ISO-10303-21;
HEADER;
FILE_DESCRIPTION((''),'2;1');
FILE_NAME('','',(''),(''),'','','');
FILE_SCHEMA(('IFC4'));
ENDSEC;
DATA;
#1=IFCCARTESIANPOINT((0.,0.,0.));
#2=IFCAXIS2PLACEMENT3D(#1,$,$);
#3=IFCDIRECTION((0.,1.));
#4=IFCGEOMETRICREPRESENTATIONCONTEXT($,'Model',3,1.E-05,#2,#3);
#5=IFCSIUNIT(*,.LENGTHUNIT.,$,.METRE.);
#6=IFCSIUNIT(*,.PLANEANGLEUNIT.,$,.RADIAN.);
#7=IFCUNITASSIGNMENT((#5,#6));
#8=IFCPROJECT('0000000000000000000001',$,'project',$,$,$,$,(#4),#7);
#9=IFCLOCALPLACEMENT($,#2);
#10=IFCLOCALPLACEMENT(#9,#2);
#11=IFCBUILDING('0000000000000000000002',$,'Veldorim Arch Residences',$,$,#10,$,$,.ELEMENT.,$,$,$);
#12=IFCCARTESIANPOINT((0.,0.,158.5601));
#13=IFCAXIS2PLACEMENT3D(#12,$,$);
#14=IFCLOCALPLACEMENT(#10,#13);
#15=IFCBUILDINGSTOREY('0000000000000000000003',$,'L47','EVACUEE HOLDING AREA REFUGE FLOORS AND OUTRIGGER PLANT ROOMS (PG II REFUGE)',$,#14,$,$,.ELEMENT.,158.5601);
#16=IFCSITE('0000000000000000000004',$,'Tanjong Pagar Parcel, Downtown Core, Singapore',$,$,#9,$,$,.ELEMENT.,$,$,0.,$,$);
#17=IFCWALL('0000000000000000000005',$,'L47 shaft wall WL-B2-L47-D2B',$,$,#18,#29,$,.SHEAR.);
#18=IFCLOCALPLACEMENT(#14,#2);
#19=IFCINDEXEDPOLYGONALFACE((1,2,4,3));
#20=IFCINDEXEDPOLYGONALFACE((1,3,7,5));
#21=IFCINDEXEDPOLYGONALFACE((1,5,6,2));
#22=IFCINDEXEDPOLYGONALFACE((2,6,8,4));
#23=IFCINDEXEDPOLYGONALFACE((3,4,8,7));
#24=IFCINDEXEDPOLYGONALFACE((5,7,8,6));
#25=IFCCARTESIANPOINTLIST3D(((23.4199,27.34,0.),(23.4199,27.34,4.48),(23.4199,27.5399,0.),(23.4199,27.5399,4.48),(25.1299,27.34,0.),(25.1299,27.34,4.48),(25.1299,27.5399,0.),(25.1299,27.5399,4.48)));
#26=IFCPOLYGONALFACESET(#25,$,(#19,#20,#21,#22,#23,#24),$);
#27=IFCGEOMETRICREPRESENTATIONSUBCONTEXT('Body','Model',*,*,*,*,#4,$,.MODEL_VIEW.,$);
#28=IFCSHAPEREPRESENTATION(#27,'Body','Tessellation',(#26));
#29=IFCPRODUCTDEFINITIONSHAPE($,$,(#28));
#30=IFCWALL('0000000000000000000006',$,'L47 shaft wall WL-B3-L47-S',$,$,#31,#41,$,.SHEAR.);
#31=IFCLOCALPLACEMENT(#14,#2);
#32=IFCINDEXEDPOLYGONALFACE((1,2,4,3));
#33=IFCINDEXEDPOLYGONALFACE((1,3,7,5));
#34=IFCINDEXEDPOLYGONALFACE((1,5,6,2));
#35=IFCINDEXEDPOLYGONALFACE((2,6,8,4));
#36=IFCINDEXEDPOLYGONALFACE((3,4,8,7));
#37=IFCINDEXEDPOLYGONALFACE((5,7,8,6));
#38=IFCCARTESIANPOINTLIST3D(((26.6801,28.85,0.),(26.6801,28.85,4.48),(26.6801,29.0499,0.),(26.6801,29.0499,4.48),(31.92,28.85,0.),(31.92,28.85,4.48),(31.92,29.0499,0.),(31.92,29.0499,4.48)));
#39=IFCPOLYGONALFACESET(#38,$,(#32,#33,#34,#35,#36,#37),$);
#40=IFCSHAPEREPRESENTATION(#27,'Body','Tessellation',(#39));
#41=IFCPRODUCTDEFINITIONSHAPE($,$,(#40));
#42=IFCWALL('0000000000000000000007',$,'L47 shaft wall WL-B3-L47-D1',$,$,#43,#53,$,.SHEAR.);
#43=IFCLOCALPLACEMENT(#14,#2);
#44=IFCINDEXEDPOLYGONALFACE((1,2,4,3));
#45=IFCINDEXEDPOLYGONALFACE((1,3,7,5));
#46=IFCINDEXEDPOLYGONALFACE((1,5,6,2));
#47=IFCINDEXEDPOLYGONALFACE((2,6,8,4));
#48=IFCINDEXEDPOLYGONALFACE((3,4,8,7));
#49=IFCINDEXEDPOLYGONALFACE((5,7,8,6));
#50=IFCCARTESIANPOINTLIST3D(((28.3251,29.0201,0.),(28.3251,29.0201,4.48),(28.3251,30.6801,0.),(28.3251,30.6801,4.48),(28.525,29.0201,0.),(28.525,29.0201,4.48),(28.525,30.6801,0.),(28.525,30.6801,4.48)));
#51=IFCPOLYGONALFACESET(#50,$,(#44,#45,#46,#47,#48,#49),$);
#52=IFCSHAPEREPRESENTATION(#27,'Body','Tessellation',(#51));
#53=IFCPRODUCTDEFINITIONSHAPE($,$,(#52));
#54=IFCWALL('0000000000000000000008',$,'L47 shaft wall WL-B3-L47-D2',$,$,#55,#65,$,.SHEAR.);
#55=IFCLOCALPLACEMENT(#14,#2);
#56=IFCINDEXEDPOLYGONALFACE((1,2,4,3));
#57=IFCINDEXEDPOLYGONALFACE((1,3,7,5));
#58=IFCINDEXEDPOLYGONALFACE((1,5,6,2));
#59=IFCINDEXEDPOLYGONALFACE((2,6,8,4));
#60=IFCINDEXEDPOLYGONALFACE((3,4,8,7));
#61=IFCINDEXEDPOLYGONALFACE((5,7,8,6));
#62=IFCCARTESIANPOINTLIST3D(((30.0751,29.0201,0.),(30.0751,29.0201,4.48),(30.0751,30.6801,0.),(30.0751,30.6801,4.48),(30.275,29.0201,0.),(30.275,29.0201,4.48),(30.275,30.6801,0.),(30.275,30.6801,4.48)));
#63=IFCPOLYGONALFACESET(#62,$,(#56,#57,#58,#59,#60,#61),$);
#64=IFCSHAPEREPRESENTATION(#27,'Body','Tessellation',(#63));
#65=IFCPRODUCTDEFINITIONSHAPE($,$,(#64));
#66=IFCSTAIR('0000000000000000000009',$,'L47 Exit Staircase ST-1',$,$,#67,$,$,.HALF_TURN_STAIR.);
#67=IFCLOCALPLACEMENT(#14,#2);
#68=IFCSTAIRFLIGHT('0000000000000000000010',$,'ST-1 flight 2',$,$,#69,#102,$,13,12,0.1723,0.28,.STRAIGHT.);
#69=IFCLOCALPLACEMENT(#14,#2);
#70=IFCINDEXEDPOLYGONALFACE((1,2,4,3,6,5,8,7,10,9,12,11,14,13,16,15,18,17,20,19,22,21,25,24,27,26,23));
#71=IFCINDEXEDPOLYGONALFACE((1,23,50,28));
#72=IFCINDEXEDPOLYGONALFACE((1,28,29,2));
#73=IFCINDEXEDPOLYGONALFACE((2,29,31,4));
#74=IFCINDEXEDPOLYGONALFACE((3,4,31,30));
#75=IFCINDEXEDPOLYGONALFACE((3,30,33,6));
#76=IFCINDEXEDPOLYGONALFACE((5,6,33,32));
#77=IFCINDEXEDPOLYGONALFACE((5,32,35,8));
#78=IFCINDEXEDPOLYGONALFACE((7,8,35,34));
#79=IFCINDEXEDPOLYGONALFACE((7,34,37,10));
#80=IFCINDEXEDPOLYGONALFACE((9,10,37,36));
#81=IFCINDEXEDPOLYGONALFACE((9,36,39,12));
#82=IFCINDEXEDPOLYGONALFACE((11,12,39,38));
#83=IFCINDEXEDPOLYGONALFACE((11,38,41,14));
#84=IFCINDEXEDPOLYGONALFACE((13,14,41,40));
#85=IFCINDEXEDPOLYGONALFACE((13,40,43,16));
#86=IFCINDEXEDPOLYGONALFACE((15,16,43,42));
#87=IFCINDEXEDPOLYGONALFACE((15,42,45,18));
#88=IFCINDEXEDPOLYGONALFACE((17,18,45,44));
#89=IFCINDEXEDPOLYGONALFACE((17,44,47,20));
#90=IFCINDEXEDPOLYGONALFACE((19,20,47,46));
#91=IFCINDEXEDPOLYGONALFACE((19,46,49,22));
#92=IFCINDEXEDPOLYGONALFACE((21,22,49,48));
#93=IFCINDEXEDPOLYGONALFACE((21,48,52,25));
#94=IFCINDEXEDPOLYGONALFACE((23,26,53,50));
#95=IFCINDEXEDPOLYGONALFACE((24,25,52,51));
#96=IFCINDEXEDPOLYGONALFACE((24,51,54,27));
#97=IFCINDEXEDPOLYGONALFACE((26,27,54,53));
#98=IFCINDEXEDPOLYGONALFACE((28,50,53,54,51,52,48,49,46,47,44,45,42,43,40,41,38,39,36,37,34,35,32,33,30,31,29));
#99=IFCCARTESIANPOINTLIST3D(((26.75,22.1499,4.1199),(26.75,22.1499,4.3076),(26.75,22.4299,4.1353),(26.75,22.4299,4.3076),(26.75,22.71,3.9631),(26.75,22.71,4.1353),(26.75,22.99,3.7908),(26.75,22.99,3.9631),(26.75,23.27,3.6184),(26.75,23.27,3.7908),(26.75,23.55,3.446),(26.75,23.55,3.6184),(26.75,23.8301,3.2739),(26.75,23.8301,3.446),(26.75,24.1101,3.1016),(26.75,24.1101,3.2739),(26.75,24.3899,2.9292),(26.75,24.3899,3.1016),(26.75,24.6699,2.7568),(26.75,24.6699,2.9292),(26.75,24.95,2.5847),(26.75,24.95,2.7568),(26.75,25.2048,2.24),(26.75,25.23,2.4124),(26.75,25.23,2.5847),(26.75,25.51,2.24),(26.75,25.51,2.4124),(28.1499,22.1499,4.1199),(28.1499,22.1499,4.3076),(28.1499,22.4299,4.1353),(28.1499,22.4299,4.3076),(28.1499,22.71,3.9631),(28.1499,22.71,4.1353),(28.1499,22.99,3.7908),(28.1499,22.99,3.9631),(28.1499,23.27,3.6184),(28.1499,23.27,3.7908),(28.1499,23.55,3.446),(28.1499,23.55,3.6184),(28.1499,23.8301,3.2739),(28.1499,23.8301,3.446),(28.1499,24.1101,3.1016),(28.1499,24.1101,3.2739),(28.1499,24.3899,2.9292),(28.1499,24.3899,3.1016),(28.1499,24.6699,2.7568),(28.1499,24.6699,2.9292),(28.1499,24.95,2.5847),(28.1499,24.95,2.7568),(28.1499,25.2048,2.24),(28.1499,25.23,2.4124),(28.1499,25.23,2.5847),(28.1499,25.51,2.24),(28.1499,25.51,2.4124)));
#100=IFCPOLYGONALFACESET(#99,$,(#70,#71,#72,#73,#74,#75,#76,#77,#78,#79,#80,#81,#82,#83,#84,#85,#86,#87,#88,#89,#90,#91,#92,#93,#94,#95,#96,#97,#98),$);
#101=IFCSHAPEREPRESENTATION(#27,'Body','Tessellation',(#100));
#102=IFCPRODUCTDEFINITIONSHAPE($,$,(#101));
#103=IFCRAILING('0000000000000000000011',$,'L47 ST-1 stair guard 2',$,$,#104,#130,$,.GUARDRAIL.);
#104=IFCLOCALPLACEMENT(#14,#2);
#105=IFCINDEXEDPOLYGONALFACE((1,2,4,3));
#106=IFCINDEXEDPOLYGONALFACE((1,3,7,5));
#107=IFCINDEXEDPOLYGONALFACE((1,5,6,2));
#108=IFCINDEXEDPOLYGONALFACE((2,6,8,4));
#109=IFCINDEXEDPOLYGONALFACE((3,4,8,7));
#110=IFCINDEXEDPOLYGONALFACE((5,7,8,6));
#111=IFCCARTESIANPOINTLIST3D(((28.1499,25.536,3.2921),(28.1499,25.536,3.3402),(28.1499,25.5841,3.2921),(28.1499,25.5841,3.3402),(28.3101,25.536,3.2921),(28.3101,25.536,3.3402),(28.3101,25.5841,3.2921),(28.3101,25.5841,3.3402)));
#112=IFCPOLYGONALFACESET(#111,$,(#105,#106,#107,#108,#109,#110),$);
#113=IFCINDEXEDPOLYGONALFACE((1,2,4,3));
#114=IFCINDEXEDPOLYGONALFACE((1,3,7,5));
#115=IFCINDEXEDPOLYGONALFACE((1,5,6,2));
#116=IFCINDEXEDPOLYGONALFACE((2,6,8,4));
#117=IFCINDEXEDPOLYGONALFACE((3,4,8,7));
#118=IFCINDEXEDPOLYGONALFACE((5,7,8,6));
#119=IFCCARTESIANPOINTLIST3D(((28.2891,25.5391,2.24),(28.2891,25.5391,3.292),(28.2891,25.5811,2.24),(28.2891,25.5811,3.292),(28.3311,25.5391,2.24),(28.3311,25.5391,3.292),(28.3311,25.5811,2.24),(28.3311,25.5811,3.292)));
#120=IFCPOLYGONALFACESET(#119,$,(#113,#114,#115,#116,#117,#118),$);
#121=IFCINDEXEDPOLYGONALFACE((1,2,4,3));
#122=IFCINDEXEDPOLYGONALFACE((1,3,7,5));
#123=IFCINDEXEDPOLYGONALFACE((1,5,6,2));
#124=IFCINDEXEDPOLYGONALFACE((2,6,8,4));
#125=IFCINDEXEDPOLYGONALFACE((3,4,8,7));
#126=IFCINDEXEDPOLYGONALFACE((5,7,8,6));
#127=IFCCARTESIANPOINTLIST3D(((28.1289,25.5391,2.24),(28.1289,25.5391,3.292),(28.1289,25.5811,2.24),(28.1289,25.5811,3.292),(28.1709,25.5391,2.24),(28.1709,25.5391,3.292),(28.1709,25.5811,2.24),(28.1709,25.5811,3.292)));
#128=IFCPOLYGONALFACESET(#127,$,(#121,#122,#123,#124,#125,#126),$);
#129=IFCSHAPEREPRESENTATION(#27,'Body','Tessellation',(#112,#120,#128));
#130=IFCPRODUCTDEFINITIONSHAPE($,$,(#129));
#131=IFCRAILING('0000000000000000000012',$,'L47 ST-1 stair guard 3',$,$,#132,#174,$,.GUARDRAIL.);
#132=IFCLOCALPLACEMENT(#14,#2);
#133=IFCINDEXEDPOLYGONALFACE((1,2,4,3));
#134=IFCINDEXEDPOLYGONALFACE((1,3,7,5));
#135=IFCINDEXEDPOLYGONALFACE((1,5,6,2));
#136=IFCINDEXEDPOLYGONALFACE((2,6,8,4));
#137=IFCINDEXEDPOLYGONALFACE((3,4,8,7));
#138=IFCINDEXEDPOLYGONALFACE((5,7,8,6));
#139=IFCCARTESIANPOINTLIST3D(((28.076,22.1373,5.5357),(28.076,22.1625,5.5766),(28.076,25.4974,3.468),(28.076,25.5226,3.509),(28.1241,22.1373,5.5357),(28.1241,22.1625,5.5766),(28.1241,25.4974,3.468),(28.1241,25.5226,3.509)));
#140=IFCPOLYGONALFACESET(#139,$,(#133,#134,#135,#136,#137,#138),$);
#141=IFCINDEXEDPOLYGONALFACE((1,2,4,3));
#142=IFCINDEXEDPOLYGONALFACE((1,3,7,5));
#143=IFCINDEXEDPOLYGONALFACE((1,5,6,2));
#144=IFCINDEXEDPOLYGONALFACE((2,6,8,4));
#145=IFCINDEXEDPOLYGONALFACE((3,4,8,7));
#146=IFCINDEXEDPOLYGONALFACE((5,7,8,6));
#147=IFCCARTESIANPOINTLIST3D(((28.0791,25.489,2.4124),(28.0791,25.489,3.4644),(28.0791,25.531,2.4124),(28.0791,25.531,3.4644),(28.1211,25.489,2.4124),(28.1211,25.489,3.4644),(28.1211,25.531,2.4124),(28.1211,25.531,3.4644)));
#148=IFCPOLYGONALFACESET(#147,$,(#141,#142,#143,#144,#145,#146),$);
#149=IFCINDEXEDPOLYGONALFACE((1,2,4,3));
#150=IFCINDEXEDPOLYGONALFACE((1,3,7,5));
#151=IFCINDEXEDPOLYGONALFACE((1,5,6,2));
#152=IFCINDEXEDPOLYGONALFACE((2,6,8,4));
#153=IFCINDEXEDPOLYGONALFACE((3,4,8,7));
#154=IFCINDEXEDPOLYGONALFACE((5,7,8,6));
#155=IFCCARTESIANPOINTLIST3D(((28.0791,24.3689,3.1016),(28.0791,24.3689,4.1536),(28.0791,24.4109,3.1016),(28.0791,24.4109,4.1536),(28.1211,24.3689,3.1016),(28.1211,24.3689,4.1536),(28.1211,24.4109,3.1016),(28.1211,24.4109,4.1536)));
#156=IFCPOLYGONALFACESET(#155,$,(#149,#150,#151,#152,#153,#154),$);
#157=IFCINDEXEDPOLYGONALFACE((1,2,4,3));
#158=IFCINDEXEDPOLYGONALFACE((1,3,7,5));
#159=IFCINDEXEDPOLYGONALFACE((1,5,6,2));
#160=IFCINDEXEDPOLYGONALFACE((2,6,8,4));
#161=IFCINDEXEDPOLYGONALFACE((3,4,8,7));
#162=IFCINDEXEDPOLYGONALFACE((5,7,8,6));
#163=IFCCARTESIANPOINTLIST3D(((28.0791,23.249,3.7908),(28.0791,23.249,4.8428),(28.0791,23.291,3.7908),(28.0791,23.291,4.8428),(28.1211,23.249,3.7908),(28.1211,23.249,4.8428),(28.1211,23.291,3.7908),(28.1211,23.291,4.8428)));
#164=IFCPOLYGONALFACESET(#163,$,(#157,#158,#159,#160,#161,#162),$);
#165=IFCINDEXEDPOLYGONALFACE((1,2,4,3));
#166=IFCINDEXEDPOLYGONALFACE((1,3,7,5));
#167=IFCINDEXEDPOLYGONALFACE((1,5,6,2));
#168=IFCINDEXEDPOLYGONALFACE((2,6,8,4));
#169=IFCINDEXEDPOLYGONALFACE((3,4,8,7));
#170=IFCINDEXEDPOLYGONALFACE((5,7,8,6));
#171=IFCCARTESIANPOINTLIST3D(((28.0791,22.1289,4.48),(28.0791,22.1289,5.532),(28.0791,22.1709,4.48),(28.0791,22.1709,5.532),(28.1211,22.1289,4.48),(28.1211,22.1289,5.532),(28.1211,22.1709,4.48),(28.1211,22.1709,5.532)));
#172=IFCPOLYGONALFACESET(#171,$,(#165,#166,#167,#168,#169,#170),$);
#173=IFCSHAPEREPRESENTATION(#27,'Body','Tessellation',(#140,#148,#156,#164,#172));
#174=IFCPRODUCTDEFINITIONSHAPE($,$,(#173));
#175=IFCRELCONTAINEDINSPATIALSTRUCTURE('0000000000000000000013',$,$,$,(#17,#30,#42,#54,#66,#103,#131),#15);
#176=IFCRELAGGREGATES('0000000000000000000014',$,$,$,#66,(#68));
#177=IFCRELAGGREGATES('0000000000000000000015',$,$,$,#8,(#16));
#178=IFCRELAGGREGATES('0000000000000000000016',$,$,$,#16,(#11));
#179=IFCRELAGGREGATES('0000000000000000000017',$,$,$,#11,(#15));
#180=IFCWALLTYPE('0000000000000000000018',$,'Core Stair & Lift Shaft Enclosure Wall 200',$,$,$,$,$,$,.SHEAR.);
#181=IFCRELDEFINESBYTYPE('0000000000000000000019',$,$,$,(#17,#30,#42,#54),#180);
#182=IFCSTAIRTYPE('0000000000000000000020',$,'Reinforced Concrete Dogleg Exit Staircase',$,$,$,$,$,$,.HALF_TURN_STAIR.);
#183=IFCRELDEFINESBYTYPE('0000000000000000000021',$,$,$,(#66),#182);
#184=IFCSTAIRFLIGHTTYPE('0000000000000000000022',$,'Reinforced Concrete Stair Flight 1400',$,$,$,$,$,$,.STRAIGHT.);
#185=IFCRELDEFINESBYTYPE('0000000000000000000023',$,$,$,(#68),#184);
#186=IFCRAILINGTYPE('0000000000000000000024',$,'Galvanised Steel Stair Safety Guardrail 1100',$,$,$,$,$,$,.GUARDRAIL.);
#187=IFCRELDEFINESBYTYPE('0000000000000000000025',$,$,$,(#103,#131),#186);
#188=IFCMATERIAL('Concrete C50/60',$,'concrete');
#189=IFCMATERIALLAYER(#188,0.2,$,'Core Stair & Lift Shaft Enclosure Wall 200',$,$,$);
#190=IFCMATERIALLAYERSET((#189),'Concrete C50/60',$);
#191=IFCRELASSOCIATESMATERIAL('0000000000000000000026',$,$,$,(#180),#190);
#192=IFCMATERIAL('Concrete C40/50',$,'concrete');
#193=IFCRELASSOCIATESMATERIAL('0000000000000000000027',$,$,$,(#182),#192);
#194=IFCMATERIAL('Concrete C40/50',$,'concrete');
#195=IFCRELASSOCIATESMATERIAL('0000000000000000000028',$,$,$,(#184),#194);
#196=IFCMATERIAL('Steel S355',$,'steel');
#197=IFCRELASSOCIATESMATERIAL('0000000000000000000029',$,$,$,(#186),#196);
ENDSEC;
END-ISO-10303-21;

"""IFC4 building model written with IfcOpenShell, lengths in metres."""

from ifc_helpers import new_model, si_unit, direction, frame, frame_2d, origin, origin_2d, place, context, subcontext, project, spatial, polyline, rectangle, outline, extrude, material, layer, layer_set, type_object, element, aggregate, save


model = new_model("IFC4")

# Units and contexts
model_context = context("Model", 3, precision=1e-05, world=origin(), true_north=direction((0.0, 1.0)))
body_context = subcontext(model_context, "Body", "Model", "MODEL_VIEW")
ifc_project = project(units=[si_unit("LENGTHUNIT", "METRE"), si_unit("PLANEANGLEUNIT", "RADIAN")], contexts=[model_context])

# Site, building, storey
site_placement = place(None, origin())
site = spatial("IfcSite", under=ifc_project, at=site_placement, Name="Tanjong Pagar Parcel, Downtown Core, Singapore", CompositionType="ELEMENT", RefElevation=0.0)
building_placement = place(site_placement, origin())
building = spatial("IfcBuilding", under=site, at=building_placement, Name="Veldorim Arch Residences", CompositionType="ELEMENT")
storey_placement = place(building_placement, frame((0.0, 0.0, 158.5601)))
storey = spatial("IfcBuildingStorey", under=building, at=storey_placement, Name="L47", Description="EVACUEE HOLDING AREA REFUGE FLOORS AND OUTRIGGER PLANT ROOMS (PG II REFUGE)", CompositionType="ELEMENT", Elevation=158.5601)

# Walls
ifc_material_1 = material(Name="Concrete C50/60", Category="concrete")
ifc_layer_1 = layer(ifc_material_1, 0.2, Name="Core Stair & Lift Shaft Enclosure Wall 200")
ifc_layer_set_1 = layer_set([ifc_layer_1], Name="Concrete C50/60")
wall_type_1 = type_object("IfcWallType", Name="Core Stair & Lift Shaft Enclosure Wall 200", PredefinedType="SHEAR", material=ifc_layer_set_1)
for number, where, z_axis, x_axis, name in (
    (1, (23.4199, 27.4399, 0.0), (0.0, 0.0, 1.0), (1.0, 0.0, 0.0), "L47 shaft wall WL-B2-L47-D2B"),
):
    element("IfcWall", number, at=place(storey_placement, frame(where, z_axis=z_axis, x_axis=x_axis)), inside=storey, type_object=wall_type_1, Name=name, PredefinedType="SHEAR", context=body_context, shape_type="SweptSolid", body=[
        extrude(rectangle(XDim=1.71, YDim=0.2, at=frame_2d((0.855, 0.0))), origin(), (0.0, 0.0, 1.0), 4.48),
    ])
wall_1_placement = place(storey_placement, frame((26.6799, 28.95, 0.0), z_axis=(0.0, 0.0, 1.0), x_axis=(1.0, 0.0, 0.0)))
element("IfcWall", 2, at=wall_1_placement, inside=storey, type_object=wall_type_1, Name="L47 shaft wall WL-B3-L47-S", PredefinedType="SHEAR", context=body_context, shape_type="SweptSolid", body=[
    extrude(rectangle(XDim=5.24, YDim=0.2, at=frame_2d((2.6201, 0.0))), origin(), (0.0, 0.0, 1.0), 4.48),
])
for number, where, z_axis, x_axis, name in (
    (3, (28.425, 29.02, 0.0), (0.0, 0.0, 1.0), (0.0, 1.0, 0.0), "L47 shaft wall WL-B3-L47-D1"),
    (4, (30.175, 29.02, 0.0), (0.0, 0.0, 1.0), (0.0, 1.0, 0.0), "L47 shaft wall WL-B3-L47-D2"),
):
    element("IfcWall", number, at=place(storey_placement, frame(where, z_axis=z_axis, x_axis=x_axis)), inside=storey, type_object=wall_type_1, Name=name, PredefinedType="SHEAR", context=body_context, shape_type="SweptSolid", body=[
        extrude(rectangle(XDim=1.6599, YDim=0.2, at=frame_2d((0.8301, 0.0))), origin(), (0.0, 0.0, 1.0), 4.48),
    ])

# Stair, stair flight
ifc_material_2 = material(Name="Concrete C40/50", Category="concrete")
stair_type = type_object("IfcStairType", Name="Reinforced Concrete Dogleg Exit Staircase", PredefinedType="HALF_TURN_STAIR", material=ifc_material_2)
stair_placement = place(storey_placement, origin())
stair = element("IfcStair", 5, at=stair_placement, inside=storey, type_object=stair_type, Name="L47 Exit Staircase ST-1", PredefinedType="HALF_TURN_STAIR")
ifc_material_3 = material(Name="Concrete C40/50", Category="concrete")
stair_flight_type = type_object("IfcStairFlightType", Name="Reinforced Concrete Stair Flight 1400", PredefinedType="STRAIGHT", material=ifc_material_3)
stair_flight_placement = place(storey_placement, frame((27.45, 25.51, 2.24), z_axis=(0.0, 0.0, 1.0), x_axis=(0.0, -1.0, 0.0)))
stair_flight = element("IfcStairFlight", 6, at=stair_flight_placement, type_object=stair_flight_type, Name="ST-1 flight 2", NumberOfRisers=13, NumberOfTreads=12, PredefinedType="STRAIGHT", RiserHeight=0.1723, TreadLength=0.28, context=body_context, shape_type="SweptSolid", body=[
    extrude(outline(polyline([(0.0, 0.0), (0.0, 0.1724), (0.28, 0.1724), (0.28, 0.3447), (0.5601, 0.3447), (0.5601, 0.5168), (0.8401, 0.5168), (0.8401, 0.6892), (1.1201, 0.6892), (1.1201, 0.8616), (1.3999, 0.8616), (1.3999, 1.0339), (1.6799, 1.0339), (1.6799, 1.2061), (1.96, 1.2061), (1.96, 1.3784), (2.24, 1.3784), (2.24, 1.5508), (2.52, 1.5508), (2.52, 1.7231), (2.8, 1.7231), (2.8, 1.8953), (3.0801, 1.8953), (3.0801, 2.0676), (3.3601, 2.0676), (3.3601, 2.24), (3.3601, 1.8799), (0.3052, 0.0), (0.0, 0.0)])), frame((0.0, 0.7, 0.0), z_axis=(0.0, -1.0, 0.0), x_axis=(1.0, 0.0, 0.0)), (0.0, 0.0, 1.0), 1.3999),
])
aggregate(stair, [stair_flight])

# Railings
ifc_material_4 = material(Name="Steel S355", Category="steel")
railing_type_1 = type_object("IfcRailingType", Name="Galvanised Steel Stair Safety Guardrail 1100", PredefinedType="GUARDRAIL", material=ifc_material_4)
railing_1_placement = place(storey_placement, frame((28.3101, 25.5601, 2.24)))
element("IfcRailing", 7, at=railing_1_placement, inside=storey, type_object=railing_type_1, Name="L47 ST-1 stair guard 2", PredefinedType="GUARDRAIL", context=body_context, shape_type="SweptSolid", body=[
    extrude(rectangle(XDim=0.0481, YDim=0.0481, at=origin_2d()), frame((0.0, 0.0, 1.0762), z_axis=(-1.0, 0.0, 0.0), x_axis=(0.0, -1.0, 0.0)), (0.0, 0.0, 1.0), 0.1602),
    extrude(rectangle(XDim=0.042, YDim=0.042, at=origin_2d()), origin(), (0.0, 0.0, 1.0), 1.052),
    extrude(rectangle(XDim=0.042, YDim=0.042, at=origin_2d()), frame((-0.1602, 0.0, 0.0)), (0.0, 0.0, 1.0), 1.052),
])
railing_2_placement = place(storey_placement, frame((28.1001, 25.51, 2.4124)))
element("IfcRailing", 8, at=railing_2_placement, inside=storey, type_object=railing_type_1, Name="L47 ST-1 stair guard 3", PredefinedType="GUARDRAIL", context=body_context, shape_type="SweptSolid", body=[
    extrude(rectangle(XDim=0.0481, YDim=0.0481, at=origin_2d()), frame((0.0, 0.0, 1.0762), z_axis=(0.0, -0.851673, 0.524073), x_axis=(1.0, 0.0, 0.0)), (0.0, 0.0, 1.0), 3.9453),
    extrude(rectangle(XDim=0.042, YDim=0.042, at=origin_2d()), origin(), (0.0, 0.0, 1.0), 1.052),
    extrude(rectangle(XDim=0.042, YDim=0.042, at=origin_2d()), frame((0.0, -1.1201, 0.6892)), (0.0, 0.0, 1.0), 1.052),
    extrude(rectangle(XDim=0.042, YDim=0.042, at=origin_2d()), frame((0.0, -2.24, 1.3784)), (0.0, 0.0, 1.0), 1.052),
    extrude(rectangle(XDim=0.042, YDim=0.042, at=origin_2d()), frame((0.0, -3.3601, 2.0676)), (0.0, 0.0, 1.0), 1.052),
])

save(model, "model.ifc")
